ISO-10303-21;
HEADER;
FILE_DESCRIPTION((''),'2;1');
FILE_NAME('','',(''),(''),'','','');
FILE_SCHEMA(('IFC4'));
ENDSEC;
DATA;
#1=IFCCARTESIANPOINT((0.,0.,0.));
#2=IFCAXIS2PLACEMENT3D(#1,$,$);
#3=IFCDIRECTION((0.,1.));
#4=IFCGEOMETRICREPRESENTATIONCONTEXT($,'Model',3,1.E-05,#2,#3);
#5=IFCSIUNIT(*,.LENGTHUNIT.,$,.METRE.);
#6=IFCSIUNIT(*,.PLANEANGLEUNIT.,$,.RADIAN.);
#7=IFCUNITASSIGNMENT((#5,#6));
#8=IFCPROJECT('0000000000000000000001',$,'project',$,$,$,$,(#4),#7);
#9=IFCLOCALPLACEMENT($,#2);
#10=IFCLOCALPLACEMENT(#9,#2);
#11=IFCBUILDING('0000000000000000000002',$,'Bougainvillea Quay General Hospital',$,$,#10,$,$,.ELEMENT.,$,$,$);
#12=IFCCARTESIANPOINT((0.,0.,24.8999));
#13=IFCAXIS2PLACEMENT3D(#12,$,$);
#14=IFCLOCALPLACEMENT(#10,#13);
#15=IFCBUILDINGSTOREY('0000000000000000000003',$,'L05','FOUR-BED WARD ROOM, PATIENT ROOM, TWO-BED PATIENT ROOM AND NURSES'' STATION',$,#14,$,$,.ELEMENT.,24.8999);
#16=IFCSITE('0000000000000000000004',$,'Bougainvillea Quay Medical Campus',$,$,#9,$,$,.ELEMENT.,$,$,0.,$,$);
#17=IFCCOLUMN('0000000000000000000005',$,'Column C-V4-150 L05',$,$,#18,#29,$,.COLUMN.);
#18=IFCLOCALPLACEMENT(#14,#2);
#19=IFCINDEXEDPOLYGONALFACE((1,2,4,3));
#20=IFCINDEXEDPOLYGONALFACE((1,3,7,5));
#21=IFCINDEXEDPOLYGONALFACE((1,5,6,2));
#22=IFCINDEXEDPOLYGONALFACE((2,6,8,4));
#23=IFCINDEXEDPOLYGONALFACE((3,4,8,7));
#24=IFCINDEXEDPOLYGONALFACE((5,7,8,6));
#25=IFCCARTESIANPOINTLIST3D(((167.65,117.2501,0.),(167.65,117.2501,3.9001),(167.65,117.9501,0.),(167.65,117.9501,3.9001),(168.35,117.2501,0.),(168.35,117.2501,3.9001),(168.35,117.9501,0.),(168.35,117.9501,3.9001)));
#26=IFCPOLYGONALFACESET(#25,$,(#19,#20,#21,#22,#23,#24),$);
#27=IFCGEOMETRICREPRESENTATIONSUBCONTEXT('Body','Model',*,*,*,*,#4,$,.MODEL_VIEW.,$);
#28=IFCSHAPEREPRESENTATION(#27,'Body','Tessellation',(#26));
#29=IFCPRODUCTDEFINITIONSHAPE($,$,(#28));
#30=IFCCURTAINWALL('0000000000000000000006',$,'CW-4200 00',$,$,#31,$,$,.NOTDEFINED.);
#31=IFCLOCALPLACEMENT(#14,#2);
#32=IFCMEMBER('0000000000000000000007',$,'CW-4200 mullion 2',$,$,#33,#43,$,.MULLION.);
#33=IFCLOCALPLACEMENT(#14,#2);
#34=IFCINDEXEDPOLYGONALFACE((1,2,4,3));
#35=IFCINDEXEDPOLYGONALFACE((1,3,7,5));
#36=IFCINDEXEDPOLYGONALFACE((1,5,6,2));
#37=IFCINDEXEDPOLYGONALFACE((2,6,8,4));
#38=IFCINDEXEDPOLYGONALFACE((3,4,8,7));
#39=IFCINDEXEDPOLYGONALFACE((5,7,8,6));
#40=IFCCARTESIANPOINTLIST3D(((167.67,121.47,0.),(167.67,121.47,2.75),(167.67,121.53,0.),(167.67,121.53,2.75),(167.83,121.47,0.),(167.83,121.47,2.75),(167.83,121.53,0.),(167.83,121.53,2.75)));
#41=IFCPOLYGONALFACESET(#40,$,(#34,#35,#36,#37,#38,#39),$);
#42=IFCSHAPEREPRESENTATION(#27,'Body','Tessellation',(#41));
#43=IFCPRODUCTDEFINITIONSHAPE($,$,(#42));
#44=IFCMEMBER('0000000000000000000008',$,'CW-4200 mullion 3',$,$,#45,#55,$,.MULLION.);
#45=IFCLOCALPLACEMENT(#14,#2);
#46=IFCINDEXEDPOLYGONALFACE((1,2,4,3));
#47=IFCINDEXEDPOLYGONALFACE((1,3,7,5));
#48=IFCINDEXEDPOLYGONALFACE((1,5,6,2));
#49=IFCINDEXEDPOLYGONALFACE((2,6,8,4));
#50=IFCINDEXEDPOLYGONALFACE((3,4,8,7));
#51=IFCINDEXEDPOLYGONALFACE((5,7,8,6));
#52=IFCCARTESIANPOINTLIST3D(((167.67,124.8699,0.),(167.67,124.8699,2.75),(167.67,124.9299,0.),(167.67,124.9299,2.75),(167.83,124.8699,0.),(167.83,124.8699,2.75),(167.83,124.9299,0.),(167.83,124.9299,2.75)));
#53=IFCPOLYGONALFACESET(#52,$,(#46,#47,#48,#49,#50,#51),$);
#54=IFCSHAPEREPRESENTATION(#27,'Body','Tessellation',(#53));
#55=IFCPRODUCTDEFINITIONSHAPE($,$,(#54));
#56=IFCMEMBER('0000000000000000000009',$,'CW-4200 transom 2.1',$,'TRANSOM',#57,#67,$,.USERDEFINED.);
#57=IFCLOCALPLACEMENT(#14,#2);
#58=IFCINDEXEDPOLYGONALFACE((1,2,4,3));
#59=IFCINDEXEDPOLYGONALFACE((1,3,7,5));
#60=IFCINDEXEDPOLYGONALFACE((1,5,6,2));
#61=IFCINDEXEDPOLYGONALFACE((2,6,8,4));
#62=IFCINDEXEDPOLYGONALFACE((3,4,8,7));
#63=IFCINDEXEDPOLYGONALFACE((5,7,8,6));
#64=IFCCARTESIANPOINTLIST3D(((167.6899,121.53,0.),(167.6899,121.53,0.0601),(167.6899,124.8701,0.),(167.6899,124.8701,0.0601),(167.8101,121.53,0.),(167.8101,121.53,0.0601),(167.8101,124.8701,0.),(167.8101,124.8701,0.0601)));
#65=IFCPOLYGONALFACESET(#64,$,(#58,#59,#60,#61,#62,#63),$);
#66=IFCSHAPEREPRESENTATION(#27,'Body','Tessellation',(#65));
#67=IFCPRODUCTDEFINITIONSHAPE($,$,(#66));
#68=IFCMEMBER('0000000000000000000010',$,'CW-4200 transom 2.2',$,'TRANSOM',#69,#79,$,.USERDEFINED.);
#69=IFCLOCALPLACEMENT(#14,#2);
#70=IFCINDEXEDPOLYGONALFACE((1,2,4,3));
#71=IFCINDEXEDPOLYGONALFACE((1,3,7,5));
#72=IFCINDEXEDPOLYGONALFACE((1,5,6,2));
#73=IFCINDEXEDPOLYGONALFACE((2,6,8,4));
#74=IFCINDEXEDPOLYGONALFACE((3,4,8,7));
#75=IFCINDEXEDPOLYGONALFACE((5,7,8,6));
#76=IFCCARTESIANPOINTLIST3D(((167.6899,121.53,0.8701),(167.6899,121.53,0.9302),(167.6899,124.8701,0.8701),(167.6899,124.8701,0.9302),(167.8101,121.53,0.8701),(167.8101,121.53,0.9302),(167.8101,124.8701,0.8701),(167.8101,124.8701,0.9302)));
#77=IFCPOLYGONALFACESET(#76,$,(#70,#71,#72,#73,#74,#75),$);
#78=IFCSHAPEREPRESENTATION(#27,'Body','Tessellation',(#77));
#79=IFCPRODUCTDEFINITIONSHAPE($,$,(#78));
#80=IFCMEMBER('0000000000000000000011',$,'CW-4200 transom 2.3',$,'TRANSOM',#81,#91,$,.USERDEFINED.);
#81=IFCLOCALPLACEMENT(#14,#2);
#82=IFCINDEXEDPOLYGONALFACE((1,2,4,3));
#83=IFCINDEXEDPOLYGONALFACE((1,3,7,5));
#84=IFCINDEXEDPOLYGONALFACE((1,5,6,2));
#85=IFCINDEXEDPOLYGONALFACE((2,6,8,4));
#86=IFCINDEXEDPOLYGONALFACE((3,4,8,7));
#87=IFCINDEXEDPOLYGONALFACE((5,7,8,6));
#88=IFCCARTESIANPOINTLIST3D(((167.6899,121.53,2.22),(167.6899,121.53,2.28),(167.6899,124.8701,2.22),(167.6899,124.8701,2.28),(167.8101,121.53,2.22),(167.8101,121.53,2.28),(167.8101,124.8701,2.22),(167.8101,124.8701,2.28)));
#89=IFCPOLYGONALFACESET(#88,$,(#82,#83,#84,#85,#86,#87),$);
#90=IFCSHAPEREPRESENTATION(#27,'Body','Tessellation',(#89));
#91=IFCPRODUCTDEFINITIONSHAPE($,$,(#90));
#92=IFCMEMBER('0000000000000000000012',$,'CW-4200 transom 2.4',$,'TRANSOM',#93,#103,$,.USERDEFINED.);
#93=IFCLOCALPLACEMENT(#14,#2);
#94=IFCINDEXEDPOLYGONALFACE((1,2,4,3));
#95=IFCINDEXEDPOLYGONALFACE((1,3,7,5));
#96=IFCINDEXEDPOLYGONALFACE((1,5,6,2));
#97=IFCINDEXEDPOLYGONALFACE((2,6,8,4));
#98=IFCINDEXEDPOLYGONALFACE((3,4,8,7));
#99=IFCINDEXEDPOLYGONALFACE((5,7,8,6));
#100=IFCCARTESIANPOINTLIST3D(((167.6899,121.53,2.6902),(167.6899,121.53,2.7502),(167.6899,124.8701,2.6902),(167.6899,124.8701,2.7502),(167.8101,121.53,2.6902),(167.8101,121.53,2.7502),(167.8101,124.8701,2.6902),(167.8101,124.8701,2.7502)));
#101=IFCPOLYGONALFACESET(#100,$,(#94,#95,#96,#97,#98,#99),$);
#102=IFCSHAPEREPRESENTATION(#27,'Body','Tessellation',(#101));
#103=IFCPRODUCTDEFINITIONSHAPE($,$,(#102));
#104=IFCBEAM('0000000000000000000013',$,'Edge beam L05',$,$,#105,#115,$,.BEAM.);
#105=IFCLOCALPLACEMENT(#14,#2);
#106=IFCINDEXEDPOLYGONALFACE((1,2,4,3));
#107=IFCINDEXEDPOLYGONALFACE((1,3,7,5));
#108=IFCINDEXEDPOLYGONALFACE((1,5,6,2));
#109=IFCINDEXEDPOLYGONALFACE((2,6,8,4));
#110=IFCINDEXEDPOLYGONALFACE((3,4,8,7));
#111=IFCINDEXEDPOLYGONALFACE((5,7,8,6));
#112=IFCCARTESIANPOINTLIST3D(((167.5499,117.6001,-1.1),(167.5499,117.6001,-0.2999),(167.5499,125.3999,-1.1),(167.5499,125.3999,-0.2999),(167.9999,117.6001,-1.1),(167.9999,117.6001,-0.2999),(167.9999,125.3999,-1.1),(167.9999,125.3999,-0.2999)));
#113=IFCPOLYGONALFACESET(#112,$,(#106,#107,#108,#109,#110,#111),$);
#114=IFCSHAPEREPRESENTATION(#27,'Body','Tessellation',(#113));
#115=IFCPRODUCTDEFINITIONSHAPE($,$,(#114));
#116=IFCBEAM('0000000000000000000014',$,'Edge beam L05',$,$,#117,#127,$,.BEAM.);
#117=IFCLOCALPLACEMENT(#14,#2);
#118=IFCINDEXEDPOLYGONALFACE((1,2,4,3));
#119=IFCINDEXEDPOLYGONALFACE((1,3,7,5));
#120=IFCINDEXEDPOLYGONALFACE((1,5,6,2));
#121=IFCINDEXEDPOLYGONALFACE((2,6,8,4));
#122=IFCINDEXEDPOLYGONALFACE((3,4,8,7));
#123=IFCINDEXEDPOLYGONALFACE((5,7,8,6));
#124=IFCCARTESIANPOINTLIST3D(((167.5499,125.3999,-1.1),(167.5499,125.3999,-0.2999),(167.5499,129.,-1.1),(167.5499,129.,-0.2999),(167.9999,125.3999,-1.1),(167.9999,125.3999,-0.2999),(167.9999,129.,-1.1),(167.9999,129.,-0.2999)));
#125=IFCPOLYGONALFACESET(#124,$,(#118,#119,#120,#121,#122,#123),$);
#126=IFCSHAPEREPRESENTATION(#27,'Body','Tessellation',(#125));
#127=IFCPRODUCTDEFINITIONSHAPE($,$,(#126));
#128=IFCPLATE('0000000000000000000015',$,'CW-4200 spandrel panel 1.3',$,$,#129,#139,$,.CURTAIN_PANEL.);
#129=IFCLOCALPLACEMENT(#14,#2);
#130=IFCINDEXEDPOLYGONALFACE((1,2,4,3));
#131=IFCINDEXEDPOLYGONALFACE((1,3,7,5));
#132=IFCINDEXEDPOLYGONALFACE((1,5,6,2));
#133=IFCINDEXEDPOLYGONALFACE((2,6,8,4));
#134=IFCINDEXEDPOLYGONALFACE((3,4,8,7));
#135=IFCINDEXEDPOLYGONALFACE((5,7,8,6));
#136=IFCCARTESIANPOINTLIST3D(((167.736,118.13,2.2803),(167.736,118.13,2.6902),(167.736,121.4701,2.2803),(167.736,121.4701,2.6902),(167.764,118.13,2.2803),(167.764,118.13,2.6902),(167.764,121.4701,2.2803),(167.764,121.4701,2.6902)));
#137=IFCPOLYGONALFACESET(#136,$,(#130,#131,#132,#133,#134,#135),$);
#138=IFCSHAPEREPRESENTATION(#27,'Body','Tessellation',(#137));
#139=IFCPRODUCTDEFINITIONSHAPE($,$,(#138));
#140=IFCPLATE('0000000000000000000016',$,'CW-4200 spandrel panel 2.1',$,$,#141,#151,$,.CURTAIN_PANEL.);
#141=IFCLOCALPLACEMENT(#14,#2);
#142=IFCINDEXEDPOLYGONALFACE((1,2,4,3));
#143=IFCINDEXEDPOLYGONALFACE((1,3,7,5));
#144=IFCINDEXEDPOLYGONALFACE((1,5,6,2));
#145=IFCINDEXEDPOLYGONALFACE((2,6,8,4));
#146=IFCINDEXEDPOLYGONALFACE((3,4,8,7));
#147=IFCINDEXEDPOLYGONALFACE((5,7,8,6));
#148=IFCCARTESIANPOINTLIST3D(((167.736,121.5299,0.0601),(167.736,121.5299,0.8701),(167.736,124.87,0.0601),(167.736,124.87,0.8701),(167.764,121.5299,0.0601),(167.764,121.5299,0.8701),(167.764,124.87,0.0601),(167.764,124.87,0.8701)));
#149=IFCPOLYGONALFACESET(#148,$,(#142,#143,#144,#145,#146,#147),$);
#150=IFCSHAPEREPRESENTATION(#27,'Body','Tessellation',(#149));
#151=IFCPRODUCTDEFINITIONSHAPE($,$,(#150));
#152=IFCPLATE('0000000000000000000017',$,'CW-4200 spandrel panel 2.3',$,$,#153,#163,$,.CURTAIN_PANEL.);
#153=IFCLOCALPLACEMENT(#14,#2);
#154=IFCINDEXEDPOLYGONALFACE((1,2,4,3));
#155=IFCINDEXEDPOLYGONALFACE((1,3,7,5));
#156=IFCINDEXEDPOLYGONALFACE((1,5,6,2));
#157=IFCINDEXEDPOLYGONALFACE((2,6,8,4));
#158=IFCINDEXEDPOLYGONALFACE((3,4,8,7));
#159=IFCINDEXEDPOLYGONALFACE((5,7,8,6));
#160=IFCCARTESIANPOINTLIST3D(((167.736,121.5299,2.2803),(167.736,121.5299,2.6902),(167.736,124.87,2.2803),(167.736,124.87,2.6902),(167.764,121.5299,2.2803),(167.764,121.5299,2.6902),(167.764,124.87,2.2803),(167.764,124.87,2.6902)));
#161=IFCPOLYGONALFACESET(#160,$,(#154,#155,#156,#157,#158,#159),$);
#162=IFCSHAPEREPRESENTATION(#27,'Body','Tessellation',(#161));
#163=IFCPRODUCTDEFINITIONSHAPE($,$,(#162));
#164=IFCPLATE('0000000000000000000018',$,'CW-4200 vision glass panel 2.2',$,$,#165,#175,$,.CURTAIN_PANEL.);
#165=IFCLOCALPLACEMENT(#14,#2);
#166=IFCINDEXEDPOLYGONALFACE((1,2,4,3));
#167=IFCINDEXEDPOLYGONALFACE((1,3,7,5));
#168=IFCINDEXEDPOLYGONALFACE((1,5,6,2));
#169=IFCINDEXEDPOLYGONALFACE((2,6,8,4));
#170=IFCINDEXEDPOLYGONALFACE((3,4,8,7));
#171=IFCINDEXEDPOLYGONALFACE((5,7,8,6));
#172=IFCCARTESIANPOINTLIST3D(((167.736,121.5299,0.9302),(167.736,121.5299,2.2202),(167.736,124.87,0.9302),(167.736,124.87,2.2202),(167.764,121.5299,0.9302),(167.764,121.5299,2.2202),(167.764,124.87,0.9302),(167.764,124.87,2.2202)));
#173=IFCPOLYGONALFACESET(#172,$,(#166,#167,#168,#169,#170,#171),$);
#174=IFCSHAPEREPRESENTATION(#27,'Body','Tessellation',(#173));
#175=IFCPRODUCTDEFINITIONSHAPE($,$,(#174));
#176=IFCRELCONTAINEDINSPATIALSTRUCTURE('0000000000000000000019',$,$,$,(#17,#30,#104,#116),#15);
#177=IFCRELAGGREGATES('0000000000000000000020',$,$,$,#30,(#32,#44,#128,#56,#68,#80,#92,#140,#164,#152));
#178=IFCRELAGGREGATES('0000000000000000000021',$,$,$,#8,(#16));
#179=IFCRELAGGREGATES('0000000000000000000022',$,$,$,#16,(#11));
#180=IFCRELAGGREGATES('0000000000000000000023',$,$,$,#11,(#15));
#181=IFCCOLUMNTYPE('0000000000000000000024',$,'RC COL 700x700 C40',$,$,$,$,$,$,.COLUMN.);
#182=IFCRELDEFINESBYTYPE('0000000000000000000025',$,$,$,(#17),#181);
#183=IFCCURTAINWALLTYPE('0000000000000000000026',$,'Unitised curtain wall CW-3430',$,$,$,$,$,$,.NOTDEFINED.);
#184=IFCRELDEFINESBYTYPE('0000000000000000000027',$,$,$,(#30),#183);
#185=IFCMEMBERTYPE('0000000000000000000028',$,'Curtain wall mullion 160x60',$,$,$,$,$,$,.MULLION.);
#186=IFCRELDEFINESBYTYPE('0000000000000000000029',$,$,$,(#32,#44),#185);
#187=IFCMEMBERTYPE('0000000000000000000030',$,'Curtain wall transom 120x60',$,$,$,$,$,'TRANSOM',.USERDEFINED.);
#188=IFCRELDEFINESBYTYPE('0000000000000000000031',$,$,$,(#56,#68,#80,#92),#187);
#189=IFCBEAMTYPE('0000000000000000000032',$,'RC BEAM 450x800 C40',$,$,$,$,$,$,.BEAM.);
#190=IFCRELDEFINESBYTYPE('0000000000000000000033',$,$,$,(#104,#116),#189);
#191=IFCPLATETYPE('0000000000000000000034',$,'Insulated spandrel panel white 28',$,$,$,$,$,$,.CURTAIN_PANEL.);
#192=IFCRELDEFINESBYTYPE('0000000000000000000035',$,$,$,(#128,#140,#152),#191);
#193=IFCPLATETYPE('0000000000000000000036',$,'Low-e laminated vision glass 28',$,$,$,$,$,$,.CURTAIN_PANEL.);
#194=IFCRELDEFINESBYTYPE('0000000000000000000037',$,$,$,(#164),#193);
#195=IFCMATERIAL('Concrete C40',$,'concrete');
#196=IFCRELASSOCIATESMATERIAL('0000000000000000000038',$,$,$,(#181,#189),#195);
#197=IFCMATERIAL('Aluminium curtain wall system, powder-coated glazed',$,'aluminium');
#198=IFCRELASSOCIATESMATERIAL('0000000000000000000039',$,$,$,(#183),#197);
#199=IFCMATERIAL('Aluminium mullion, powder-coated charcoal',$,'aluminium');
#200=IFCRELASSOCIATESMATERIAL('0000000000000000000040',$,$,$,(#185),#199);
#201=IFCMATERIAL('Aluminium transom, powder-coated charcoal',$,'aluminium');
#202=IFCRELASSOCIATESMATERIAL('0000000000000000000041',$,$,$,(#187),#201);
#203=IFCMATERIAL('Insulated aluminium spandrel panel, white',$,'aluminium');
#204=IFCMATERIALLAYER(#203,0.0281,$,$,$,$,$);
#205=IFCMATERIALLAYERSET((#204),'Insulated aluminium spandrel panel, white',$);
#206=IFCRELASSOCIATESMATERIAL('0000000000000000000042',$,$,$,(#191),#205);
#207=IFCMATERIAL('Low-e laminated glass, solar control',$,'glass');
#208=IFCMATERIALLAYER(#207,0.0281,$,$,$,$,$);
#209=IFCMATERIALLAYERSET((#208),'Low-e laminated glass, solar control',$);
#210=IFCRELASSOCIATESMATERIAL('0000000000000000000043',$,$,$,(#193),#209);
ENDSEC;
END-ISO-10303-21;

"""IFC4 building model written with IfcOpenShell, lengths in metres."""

from ifc_helpers import new_model, si_unit, direction, frame, origin, origin_2d, place, context, subcontext, project, spatial, rectangle, extrude, material, layer, layer_set, material_profile, profile_set, type_object, element, aggregate, save


model = new_model("IFC4")

# Units and contexts
model_context = context("Model", 3, precision=1e-05, world=origin(), true_north=direction((0.0, 1.0)))
body_context = subcontext(model_context, "Body", "Model", "MODEL_VIEW")
ifc_project = project(units=[si_unit("LENGTHUNIT", "METRE"), si_unit("PLANEANGLEUNIT", "RADIAN")], contexts=[model_context])

# Site, building, storey
site_placement = place(None, origin())
site = spatial("IfcSite", under=ifc_project, at=site_placement, Name="Bougainvillea Quay Medical Campus", CompositionType="ELEMENT", RefElevation=0.0)
building_placement = place(site_placement, origin())
building = spatial("IfcBuilding", under=site, at=building_placement, Name="Bougainvillea Quay General Hospital", CompositionType="ELEMENT")
storey_placement = place(building_placement, frame((0.0, 0.0, 24.8999)))
storey = spatial("IfcBuildingStorey", under=building, at=storey_placement, Name="L05", Description="FOUR-BED WARD ROOM, PATIENT ROOM, TWO-BED PATIENT ROOM AND NURSES' STATION", CompositionType="ELEMENT", Elevation=24.8999)

# Column
ifc_material_1 = material(Name="Concrete C40", Category="concrete")
ifc_material_profile_1 = material_profile(ifc_material_1, rectangle(XDim=0.7, YDim=0.7, at=origin_2d()))
ifc_profile_set_1 = profile_set([ifc_material_profile_1], Name="Concrete C40")
column_type = type_object("IfcColumnType", Name="RC COL 700x700 C40", PredefinedType="COLUMN", material=ifc_profile_set_1)
column_placement = place(storey_placement, frame((168.0, 117.6001, 0.0), z_axis=(0.0, 0.0, 1.0), x_axis=(1.0, 0.0, 0.0)))
element("IfcColumn", 1, at=column_placement, inside=storey, type_object=column_type, Name="Column C-V4-150 L05", PredefinedType="COLUMN", context=body_context, shape_type="SweptSolid", body=[
    extrude(rectangle(XDim=0.7, YDim=0.7, at=origin_2d()), origin(), (0.0, 0.0, 1.0), 3.9001),
])

# Curtain wall, members
ifc_material_2 = material(Name="Aluminium curtain wall system, powder-coated glazed", Category="aluminium")
curtain_wall_type = type_object("IfcCurtainWallType", Name="Unitised curtain wall CW-3430", PredefinedType="NOTDEFINED", material=ifc_material_2)
curtain_wall_placement = place(storey_placement, origin())
curtain_wall = element("IfcCurtainWall", 2, at=curtain_wall_placement, inside=storey, type_object=curtain_wall_type, Name="CW-4200 00", PredefinedType="NOTDEFINED")
ifc_material_3 = material(Name="Aluminium mullion, powder-coated charcoal", Category="aluminium")
ifc_material_profile_2 = material_profile(ifc_material_3, rectangle(XDim=0.1599, YDim=0.0601, at=origin_2d()))
ifc_profile_set_2 = profile_set([ifc_material_profile_2], Name="Aluminium mullion, powder-coated charcoal")
member_type_1 = type_object("IfcMemberType", Name="Curtain wall mullion 160x60", PredefinedType="MULLION", material=ifc_profile_set_2)
member_1_placement = place(storey_placement, frame((167.75, 121.5, 0.0), z_axis=(0.0, 0.0, 1.0), x_axis=(-1.0, 0.0, 0.0)))
member_1 = element("IfcMember", 3, at=member_1_placement, type_object=member_type_1, Name="CW-4200 mullion 2", PredefinedType="MULLION", context=body_context, shape_type="SweptSolid", body=[
    extrude(rectangle(XDim=0.1599, YDim=0.0601, at=origin_2d()), origin(), (0.0, 0.0, 1.0), 2.75),
])
member_2_placement = place(storey_placement, frame((167.75, 124.8999, 0.0), z_axis=(0.0, 0.0, 1.0), x_axis=(-1.0, 0.0, 0.0)))
member_2 = element("IfcMember", 4, at=member_2_placement, type_object=member_type_1, Name="CW-4200 mullion 3", PredefinedType="MULLION", context=body_context, shape_type="SweptSolid", body=[
    extrude(rectangle(XDim=0.1599, YDim=0.0601, at=origin_2d()), origin(), (0.0, 0.0, 1.0), 2.75),
])
ifc_material_4 = material(Name="Aluminium transom, powder-coated charcoal", Category="aluminium")
ifc_material_profile_3 = material_profile(ifc_material_4, rectangle(XDim=0.1201, YDim=0.0601, at=origin_2d()))
ifc_profile_set_3 = profile_set([ifc_material_profile_3], Name="Aluminium transom, powder-coated charcoal")
member_type_2 = type_object("IfcMemberType", Name="Curtain wall transom 120x60", ElementType="TRANSOM", PredefinedType="USERDEFINED", material=ifc_profile_set_3)
member_3_placement = place(storey_placement, frame((167.75, 121.53, 0.03), z_axis=(0.0, 1.0, 0.0), x_axis=(-1.0, 0.0, 0.0)))
member_3 = element("IfcMember", 5, at=member_3_placement, type_object=member_type_2, Name="CW-4200 transom 2.1", ObjectType="TRANSOM", PredefinedType="USERDEFINED", context=body_context, shape_type="SweptSolid", body=[
    extrude(rectangle(XDim=0.1201, YDim=0.0601, at=origin_2d()), origin(), (0.0, 0.0, 1.0), 3.3401),
])
member_4_placement = place(storey_placement, frame((167.75, 121.53, 0.9001), z_axis=(0.0, 1.0, 0.0), x_axis=(-1.0, 0.0, 0.0)))
member_4 = element("IfcMember", 6, at=member_4_placement, type_object=member_type_2, Name="CW-4200 transom 2.2", ObjectType="TRANSOM", PredefinedType="USERDEFINED", context=body_context, shape_type="SweptSolid", body=[
    extrude(rectangle(XDim=0.1201, YDim=0.0601, at=origin_2d()), origin(), (0.0, 0.0, 1.0), 3.3401),
])
member_5_placement = place(storey_placement, frame((167.75, 121.53, 2.25), z_axis=(0.0, 1.0, 0.0), x_axis=(-1.0, 0.0, 0.0)))
member_5 = element("IfcMember", 7, at=member_5_placement, type_object=member_type_2, Name="CW-4200 transom 2.3", ObjectType="TRANSOM", PredefinedType="USERDEFINED", context=body_context, shape_type="SweptSolid", body=[
    extrude(rectangle(XDim=0.1201, YDim=0.0601, at=origin_2d()), origin(), (0.0, 0.0, 1.0), 3.3401),
])
member_6_placement = place(storey_placement, frame((167.75, 121.53, 2.7202), z_axis=(0.0, 1.0, 0.0), x_axis=(-1.0, 0.0, 0.0)))
member_6 = element("IfcMember", 8, at=member_6_placement, type_object=member_type_2, Name="CW-4200 transom 2.4", ObjectType="TRANSOM", PredefinedType="USERDEFINED", context=body_context, shape_type="SweptSolid", body=[
    extrude(rectangle(XDim=0.1201, YDim=0.0601, at=origin_2d()), origin(), (0.0, 0.0, 1.0), 3.3401),
])

# Beams
ifc_material_profile_4 = material_profile(ifc_material_1, rectangle(XDim=0.45, YDim=0.8, at=origin_2d()))
ifc_profile_set_4 = profile_set([ifc_material_profile_4], Name="Concrete C40")
beam_type = type_object("IfcBeamType", Name="RC BEAM 450x800 C40", PredefinedType="BEAM", material=ifc_profile_set_4)
beam_1_placement = place(storey_placement, frame((167.7749, 117.6001, -0.7), z_axis=(0.0, 1.0, 0.0), x_axis=(-1.0, 0.0, 0.0)))
element("IfcBeam", 9, at=beam_1_placement, inside=storey, type_object=beam_type, Name="Edge beam L05", PredefinedType="BEAM", context=body_context, shape_type="SweptSolid", body=[
    extrude(rectangle(XDim=0.45, YDim=0.8, at=origin_2d()), origin(), (0.0, 0.0, 1.0), 7.7998),
])
beam_2_placement = place(storey_placement, frame((167.7749, 125.3999, -0.7), z_axis=(0.0, 1.0, 0.0), x_axis=(-1.0, 0.0, 0.0)))
element("IfcBeam", 10, at=beam_2_placement, inside=storey, type_object=beam_type, Name="Edge beam L05", PredefinedType="BEAM", context=body_context, shape_type="SweptSolid", body=[
    extrude(rectangle(XDim=0.45, YDim=0.8, at=origin_2d()), origin(), (0.0, 0.0, 1.0), 3.6001),
])

# Plates
ifc_material_5 = material(Name="Insulated aluminium spandrel panel, white", Category="aluminium")
ifc_layer_1 = layer(ifc_material_5, 0.0281)
ifc_layer_set_1 = layer_set([ifc_layer_1], Name="Insulated aluminium spandrel panel, white")
plate_type_1 = type_object("IfcPlateType", Name="Insulated spandrel panel white 28", PredefinedType="CURTAIN_PANEL", material=ifc_layer_set_1)
plate_1_placement = place(storey_placement, frame((167.75, 119.8, 2.2803), z_axis=(0.0, 0.0, 1.0), x_axis=(0.0, 1.0, 0.0)))
plate_1 = element("IfcPlate", 11, at=plate_1_placement, type_object=plate_type_1, Name="CW-4200 spandrel panel 1.3", PredefinedType="CURTAIN_PANEL", context=body_context, shape_type="SweptSolid", body=[
    extrude(rectangle(XDim=3.3401, YDim=0.0281, at=origin_2d()), origin(), (0.0, 0.0, 1.0), 0.4099),
])
plate_2_placement = place(storey_placement, frame((167.75, 123.2, 0.0601), z_axis=(0.0, 0.0, 1.0), x_axis=(0.0, 1.0, 0.0)))
plate_2 = element("IfcPlate", 12, at=plate_2_placement, type_object=plate_type_1, Name="CW-4200 spandrel panel 2.1", PredefinedType="CURTAIN_PANEL", context=body_context, shape_type="SweptSolid", body=[
    extrude(rectangle(XDim=3.3401, YDim=0.0281, at=origin_2d()), origin(), (0.0, 0.0, 1.0), 0.8101),
])
plate_3_placement = place(storey_placement, frame((167.75, 123.2, 2.2803), z_axis=(0.0, 0.0, 1.0), x_axis=(0.0, 1.0, 0.0)))
plate_3 = element("IfcPlate", 13, at=plate_3_placement, type_object=plate_type_1, Name="CW-4200 spandrel panel 2.3", PredefinedType="CURTAIN_PANEL", context=body_context, shape_type="SweptSolid", body=[
    extrude(rectangle(XDim=3.3401, YDim=0.0281, at=origin_2d()), origin(), (0.0, 0.0, 1.0), 0.4099),
])
ifc_material_6 = material(Name="Low-e laminated glass, solar control", Category="glass")
ifc_layer_2 = layer(ifc_material_6, 0.0281)
ifc_layer_set_2 = layer_set([ifc_layer_2], Name="Low-e laminated glass, solar control")
plate_type_2 = type_object("IfcPlateType", Name="Low-e laminated vision glass 28", PredefinedType="CURTAIN_PANEL", material=ifc_layer_set_2)
plate_4_placement = place(storey_placement, frame((167.75, 123.2, 0.9302), z_axis=(0.0, 0.0, 1.0), x_axis=(0.0, 1.0, 0.0)))
plate_4 = element("IfcPlate", 14, at=plate_4_placement, type_object=plate_type_2, Name="CW-4200 vision glass panel 2.2", PredefinedType="CURTAIN_PANEL", context=body_context, shape_type="SweptSolid", body=[
    extrude(rectangle(XDim=3.3401, YDim=0.0281, at=origin_2d()), origin(), (0.0, 0.0, 1.0), 1.29),
])
aggregate(curtain_wall, [member_1, member_2, plate_1, member_3, member_4, member_5, member_6, plate_2, plate_4, plate_3])

save(model, "model.ifc")
